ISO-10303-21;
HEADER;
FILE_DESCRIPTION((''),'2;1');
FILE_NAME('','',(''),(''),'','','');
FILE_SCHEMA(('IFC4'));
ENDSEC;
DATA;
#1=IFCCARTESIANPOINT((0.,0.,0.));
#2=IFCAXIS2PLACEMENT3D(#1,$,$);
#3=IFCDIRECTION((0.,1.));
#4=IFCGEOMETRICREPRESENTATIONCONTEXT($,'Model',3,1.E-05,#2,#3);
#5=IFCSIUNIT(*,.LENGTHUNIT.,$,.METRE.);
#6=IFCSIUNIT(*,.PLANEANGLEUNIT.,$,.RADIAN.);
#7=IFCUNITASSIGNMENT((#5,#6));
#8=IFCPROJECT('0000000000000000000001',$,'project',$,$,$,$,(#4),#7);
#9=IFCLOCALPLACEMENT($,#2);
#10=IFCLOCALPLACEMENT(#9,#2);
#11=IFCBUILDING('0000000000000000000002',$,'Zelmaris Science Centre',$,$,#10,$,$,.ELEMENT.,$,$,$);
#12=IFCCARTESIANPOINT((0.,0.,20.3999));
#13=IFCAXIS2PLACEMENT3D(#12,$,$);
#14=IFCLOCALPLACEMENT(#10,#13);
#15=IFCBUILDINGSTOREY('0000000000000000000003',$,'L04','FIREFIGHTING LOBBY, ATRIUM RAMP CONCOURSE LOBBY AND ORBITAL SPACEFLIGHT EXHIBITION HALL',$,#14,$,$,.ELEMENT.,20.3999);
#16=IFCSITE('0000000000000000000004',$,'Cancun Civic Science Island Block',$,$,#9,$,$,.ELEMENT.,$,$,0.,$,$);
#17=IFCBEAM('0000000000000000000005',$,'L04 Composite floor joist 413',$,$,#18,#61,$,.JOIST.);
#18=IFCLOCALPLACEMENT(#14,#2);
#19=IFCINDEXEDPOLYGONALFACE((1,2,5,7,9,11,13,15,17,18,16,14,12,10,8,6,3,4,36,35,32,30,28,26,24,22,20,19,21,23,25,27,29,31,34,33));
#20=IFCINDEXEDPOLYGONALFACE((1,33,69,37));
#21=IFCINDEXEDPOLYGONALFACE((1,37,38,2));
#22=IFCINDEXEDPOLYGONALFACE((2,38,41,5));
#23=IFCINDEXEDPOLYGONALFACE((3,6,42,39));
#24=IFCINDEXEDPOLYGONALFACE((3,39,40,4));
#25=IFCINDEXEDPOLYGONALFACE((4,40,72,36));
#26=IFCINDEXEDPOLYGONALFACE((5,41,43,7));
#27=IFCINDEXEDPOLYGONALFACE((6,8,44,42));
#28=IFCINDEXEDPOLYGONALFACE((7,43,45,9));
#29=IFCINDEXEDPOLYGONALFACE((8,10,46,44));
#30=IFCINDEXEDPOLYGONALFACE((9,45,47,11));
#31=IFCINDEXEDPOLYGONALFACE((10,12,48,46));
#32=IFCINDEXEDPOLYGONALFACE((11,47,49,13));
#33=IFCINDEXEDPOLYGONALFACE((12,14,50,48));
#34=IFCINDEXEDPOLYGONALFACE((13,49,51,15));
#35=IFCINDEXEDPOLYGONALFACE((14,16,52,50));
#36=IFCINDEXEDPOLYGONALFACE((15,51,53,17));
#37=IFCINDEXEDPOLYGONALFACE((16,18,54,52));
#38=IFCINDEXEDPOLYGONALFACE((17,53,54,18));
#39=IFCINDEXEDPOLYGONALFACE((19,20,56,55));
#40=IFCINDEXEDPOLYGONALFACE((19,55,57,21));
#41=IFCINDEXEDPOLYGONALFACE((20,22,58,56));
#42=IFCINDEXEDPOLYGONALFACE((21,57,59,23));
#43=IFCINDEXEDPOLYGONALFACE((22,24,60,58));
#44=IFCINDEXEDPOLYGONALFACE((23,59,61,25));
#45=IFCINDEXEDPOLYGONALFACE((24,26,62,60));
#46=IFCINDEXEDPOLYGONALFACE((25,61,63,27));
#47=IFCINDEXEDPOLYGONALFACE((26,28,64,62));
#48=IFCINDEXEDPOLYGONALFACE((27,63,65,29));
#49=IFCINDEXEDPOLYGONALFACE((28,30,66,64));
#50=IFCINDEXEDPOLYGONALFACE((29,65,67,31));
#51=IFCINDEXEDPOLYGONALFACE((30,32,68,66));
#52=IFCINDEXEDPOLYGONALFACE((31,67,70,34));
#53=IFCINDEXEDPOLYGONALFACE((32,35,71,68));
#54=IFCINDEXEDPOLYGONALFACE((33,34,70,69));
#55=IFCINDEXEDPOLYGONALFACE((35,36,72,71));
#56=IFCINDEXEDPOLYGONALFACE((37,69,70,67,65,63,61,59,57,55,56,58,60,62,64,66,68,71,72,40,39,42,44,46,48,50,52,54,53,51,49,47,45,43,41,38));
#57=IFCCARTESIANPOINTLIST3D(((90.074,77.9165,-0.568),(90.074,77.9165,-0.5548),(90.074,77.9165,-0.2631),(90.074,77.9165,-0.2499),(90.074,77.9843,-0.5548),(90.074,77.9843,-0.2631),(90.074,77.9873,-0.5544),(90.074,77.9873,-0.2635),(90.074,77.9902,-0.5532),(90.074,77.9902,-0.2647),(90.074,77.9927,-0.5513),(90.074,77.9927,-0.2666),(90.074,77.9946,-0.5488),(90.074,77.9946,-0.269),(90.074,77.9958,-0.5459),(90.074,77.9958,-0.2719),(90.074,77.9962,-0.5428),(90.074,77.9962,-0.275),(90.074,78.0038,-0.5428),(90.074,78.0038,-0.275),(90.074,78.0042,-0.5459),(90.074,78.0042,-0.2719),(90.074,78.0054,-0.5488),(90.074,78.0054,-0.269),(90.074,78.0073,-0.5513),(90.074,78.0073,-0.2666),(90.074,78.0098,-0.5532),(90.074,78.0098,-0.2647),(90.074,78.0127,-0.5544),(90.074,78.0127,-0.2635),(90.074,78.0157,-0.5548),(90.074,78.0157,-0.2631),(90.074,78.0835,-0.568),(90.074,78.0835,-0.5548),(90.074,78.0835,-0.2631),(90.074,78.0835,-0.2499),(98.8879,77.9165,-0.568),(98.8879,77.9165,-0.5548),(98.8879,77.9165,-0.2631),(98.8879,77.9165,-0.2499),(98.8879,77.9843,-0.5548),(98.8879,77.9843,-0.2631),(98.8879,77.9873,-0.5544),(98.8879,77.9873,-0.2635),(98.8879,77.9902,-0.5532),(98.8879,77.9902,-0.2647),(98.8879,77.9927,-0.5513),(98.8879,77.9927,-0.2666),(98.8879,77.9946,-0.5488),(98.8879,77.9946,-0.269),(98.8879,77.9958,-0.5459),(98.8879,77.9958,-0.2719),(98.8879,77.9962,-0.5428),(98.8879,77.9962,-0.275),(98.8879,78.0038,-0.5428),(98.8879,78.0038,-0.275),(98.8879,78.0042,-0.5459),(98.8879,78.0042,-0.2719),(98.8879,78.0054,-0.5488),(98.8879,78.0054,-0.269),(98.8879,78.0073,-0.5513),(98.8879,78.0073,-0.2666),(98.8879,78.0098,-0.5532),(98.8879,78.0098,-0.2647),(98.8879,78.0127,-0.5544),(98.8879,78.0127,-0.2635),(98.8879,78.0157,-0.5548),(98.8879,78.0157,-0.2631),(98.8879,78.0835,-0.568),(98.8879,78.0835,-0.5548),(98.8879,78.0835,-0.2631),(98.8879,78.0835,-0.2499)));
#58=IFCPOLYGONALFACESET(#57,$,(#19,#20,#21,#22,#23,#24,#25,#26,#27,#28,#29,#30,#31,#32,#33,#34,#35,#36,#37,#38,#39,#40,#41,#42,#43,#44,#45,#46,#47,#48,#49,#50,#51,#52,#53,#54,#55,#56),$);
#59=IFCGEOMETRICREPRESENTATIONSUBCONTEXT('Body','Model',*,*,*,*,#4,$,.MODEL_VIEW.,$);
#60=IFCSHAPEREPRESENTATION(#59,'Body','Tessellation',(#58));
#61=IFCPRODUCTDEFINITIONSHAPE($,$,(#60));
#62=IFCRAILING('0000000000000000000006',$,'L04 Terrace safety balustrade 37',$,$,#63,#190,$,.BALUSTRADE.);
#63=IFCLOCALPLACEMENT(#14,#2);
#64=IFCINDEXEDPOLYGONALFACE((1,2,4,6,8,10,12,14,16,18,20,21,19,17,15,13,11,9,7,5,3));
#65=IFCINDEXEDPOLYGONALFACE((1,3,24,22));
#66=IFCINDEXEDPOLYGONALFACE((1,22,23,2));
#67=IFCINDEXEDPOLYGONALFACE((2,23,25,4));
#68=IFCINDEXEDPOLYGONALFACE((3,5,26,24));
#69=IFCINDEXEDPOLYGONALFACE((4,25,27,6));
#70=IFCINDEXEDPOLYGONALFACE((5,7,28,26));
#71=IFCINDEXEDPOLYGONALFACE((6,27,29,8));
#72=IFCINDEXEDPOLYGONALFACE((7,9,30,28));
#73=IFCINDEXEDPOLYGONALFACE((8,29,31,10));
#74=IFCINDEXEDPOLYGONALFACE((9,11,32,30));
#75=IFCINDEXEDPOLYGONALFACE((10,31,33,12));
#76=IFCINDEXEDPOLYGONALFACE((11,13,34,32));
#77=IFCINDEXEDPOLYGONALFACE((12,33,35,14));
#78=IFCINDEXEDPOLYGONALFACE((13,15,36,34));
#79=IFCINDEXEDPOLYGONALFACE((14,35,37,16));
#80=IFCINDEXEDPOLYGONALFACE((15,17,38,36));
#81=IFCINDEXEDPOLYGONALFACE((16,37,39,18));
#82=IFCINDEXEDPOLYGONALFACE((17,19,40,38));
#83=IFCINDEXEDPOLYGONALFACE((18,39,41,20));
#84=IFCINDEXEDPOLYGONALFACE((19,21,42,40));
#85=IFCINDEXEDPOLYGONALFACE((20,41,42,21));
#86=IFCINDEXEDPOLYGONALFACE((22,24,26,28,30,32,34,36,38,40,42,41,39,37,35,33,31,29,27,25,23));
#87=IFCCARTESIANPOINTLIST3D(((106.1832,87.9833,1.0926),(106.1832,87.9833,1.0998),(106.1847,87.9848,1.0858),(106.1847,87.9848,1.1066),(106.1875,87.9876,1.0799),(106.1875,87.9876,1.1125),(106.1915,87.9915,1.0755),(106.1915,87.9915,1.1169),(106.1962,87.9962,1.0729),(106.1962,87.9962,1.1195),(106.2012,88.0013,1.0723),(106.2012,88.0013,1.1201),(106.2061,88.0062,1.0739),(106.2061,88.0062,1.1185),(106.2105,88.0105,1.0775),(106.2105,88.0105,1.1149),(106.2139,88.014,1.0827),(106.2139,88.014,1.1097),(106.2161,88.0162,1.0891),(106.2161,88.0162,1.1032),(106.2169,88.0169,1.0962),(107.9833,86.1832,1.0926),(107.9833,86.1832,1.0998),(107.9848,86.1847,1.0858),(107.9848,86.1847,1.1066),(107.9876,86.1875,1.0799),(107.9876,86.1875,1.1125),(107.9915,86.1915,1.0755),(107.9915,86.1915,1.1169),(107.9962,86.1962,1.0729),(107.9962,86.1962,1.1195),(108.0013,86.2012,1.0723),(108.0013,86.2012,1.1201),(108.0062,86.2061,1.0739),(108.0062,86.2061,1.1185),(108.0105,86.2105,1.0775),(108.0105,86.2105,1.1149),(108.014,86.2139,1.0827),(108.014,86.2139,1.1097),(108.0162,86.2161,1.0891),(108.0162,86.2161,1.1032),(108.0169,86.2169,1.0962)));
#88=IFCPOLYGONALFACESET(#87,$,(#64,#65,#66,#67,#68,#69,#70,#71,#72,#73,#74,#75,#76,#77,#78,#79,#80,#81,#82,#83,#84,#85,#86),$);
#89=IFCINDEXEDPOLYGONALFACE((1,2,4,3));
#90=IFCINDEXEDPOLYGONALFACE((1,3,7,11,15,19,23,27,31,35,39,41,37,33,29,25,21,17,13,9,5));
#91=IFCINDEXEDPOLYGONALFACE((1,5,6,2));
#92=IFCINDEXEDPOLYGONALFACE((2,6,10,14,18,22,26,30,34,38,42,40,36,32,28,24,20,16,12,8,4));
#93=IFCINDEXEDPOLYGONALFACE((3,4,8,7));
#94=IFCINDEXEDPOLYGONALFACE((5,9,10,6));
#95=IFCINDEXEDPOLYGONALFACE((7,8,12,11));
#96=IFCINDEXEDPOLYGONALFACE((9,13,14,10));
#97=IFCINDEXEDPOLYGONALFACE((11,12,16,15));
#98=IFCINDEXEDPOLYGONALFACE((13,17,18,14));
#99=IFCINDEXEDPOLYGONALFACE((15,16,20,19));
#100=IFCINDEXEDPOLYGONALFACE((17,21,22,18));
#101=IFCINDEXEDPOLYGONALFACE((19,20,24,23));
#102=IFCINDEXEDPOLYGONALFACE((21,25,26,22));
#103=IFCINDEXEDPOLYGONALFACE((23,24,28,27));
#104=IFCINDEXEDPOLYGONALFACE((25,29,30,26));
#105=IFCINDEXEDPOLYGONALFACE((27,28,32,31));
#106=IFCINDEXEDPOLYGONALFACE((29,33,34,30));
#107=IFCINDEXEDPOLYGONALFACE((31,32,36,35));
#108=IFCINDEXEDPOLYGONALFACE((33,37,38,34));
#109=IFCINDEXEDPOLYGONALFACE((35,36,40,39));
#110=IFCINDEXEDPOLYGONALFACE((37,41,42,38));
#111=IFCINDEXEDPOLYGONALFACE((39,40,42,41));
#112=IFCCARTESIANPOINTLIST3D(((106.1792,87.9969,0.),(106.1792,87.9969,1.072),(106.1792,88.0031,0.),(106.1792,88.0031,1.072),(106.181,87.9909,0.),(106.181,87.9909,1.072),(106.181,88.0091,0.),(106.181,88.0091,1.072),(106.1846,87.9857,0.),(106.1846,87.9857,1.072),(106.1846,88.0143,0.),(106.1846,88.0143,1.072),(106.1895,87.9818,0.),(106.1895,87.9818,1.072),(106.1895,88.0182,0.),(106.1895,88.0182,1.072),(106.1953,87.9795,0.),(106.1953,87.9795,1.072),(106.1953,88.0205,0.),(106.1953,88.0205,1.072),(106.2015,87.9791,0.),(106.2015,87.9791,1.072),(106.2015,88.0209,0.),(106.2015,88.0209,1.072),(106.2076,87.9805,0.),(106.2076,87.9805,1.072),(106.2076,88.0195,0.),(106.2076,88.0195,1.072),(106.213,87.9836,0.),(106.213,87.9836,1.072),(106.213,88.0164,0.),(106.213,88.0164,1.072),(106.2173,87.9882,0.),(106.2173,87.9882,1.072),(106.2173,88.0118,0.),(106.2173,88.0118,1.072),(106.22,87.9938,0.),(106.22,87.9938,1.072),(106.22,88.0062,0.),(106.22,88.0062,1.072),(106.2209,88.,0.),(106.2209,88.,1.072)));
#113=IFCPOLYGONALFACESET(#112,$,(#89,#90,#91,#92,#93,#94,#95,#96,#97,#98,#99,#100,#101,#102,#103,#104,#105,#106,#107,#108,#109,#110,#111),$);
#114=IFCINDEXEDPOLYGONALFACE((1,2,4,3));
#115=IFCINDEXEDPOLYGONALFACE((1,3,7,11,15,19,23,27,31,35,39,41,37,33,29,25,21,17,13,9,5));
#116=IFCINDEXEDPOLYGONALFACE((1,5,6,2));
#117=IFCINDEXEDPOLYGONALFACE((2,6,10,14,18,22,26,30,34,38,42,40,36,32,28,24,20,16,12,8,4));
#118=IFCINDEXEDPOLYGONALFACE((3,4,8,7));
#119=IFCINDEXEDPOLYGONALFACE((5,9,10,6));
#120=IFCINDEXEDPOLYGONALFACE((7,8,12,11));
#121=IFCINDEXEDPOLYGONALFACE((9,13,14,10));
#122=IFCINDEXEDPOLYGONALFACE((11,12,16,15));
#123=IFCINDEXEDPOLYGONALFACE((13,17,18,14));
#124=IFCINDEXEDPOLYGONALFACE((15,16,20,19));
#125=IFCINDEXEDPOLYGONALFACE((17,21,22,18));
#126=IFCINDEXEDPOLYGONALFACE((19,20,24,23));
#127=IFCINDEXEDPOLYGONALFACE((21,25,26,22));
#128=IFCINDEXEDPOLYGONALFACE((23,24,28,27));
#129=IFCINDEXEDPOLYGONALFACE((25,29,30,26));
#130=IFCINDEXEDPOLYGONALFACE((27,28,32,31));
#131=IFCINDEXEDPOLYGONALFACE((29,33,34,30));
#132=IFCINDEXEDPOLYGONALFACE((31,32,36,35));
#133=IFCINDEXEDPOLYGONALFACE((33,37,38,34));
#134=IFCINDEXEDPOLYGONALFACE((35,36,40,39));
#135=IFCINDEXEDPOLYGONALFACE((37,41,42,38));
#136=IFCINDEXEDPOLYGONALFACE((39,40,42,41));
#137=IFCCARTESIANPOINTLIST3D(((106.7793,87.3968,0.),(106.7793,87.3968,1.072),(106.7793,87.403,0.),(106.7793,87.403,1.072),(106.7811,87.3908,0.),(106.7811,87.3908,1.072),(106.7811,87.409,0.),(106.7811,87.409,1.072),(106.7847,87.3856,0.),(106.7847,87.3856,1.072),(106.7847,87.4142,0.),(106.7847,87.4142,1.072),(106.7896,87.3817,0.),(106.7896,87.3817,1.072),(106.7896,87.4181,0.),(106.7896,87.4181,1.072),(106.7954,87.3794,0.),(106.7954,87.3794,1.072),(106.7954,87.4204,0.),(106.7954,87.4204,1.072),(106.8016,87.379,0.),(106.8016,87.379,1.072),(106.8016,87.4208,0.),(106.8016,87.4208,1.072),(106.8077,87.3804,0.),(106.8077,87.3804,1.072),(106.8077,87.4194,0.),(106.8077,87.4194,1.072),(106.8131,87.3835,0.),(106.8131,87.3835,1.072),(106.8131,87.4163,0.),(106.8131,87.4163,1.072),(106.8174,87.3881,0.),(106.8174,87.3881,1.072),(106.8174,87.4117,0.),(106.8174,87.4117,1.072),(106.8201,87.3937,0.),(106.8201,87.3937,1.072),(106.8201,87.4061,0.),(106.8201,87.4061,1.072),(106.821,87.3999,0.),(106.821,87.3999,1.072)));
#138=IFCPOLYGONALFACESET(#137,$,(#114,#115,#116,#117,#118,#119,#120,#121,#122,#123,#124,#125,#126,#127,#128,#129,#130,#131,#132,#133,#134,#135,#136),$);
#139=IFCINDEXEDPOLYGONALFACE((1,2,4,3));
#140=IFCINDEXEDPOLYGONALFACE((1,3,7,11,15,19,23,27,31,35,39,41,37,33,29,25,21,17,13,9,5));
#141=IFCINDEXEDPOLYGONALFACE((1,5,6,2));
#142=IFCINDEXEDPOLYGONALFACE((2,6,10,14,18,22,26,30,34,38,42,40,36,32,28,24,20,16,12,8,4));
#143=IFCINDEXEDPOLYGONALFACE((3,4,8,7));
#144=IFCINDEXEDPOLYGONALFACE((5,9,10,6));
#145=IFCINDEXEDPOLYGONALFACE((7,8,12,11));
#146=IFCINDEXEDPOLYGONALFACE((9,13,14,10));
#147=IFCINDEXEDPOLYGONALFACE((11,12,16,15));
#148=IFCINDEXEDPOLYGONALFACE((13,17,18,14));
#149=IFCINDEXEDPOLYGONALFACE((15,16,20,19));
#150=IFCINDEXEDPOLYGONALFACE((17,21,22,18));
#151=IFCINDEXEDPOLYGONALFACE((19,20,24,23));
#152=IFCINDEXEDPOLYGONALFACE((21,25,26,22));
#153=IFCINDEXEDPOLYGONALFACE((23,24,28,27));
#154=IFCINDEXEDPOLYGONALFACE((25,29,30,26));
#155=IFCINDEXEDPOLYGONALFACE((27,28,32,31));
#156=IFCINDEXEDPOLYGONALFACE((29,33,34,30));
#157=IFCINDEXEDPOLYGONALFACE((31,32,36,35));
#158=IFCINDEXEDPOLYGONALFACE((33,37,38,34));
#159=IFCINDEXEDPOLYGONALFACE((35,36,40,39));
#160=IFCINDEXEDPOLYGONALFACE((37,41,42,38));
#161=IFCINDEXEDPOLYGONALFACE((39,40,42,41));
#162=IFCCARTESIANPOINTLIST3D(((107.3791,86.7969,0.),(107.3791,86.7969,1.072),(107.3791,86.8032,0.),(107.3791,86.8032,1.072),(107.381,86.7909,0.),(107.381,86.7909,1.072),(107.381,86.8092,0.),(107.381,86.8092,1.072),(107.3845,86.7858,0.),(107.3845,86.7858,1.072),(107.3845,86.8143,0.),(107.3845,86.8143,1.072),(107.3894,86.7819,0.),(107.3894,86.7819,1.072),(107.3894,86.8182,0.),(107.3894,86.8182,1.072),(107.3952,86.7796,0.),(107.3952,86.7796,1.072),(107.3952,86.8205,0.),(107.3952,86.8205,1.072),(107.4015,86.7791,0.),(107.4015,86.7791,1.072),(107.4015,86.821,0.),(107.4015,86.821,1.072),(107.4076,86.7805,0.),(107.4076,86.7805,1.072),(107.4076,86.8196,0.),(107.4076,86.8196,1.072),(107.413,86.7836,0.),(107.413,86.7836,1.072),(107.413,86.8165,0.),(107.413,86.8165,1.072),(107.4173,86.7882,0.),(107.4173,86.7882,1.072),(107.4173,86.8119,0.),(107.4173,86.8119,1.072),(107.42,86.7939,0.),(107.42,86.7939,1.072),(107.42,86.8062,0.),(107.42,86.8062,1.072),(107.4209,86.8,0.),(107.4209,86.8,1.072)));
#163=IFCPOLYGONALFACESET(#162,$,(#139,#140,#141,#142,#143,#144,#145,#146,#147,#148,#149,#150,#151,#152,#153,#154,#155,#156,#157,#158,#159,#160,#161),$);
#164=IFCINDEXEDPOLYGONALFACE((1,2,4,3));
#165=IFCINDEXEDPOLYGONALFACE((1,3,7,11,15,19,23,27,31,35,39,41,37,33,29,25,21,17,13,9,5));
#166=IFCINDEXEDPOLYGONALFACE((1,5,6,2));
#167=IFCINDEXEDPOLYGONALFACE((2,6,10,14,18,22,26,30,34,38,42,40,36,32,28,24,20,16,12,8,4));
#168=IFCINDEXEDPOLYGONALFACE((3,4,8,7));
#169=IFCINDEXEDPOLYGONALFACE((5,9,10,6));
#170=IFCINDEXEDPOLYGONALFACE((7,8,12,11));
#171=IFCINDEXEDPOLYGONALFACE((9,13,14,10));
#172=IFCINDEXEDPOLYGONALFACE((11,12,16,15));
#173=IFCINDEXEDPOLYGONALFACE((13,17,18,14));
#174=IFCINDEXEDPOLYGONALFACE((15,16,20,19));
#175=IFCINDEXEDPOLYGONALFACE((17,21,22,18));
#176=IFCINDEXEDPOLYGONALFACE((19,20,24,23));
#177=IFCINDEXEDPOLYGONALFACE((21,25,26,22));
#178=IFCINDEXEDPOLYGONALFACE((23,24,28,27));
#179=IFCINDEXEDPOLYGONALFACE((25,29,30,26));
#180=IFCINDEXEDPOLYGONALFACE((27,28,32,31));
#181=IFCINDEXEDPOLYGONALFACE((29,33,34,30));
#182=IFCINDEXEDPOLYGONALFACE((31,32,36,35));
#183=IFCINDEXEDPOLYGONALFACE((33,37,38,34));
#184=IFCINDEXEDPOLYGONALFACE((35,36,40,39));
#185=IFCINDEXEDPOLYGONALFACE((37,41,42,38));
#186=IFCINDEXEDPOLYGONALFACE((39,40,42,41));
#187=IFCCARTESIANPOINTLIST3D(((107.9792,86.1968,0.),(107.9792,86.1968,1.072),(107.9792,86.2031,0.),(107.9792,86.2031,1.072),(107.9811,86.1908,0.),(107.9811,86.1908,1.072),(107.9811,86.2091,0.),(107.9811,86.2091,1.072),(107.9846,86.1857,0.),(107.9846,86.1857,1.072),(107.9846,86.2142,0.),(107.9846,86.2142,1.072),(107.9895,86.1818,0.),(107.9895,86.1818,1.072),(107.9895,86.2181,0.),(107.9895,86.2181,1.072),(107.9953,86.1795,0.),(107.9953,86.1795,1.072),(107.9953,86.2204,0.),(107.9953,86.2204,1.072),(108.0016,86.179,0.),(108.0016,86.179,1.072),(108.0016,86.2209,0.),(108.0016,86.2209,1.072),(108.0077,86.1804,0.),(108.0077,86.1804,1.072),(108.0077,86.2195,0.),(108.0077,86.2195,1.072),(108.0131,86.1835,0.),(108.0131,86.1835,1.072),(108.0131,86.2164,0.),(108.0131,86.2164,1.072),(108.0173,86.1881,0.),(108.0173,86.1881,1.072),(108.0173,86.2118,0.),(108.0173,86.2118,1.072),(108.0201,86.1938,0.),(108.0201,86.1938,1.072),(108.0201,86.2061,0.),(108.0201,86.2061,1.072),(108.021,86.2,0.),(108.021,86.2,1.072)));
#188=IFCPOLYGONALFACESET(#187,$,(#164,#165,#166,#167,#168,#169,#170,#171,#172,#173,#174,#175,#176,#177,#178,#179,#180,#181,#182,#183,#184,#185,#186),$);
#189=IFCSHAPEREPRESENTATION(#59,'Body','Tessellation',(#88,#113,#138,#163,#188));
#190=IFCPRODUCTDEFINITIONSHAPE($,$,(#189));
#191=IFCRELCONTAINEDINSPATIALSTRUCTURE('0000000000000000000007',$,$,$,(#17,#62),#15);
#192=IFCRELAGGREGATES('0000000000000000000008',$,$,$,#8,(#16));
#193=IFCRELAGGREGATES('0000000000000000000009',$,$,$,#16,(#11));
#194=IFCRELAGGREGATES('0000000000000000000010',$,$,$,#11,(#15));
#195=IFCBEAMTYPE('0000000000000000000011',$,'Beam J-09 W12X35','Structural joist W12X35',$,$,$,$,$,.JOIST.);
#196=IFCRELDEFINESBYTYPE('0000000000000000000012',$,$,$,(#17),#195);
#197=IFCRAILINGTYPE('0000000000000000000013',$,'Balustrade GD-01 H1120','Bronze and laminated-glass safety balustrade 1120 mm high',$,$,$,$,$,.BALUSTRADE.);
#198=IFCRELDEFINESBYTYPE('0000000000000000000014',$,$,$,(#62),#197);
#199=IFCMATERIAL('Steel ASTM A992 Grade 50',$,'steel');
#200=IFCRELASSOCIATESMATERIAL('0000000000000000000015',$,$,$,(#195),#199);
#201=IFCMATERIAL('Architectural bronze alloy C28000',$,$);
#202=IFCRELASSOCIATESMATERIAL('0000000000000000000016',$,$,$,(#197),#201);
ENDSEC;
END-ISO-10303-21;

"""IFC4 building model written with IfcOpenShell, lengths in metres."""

from ifc_helpers import new_model, si_unit, direction, frame, origin, origin_2d, place, context, subcontext, project, spatial, circle, i_section, extrude, material, material_profile, profile_set, type_object, element, save


model = new_model("IFC4")

# Units and contexts
model_context = context("Model", 3, precision=1e-05, world=origin(), true_north=direction((0.0, 1.0)))
body_context = subcontext(model_context, "Body", "Model", "MODEL_VIEW")
ifc_project = project(units=[si_unit("LENGTHUNIT", "METRE"), si_unit("PLANEANGLEUNIT", "RADIAN")], contexts=[model_context])

# Site, building, storey
site_placement = place(None, origin())
site = spatial("IfcSite", under=ifc_project, at=site_placement, Name="Cancun Civic Science Island Block", CompositionType="ELEMENT", RefElevation=0.0)
building_placement = place(site_placement, origin())
building = spatial("IfcBuilding", under=site, at=building_placement, Name="Zelmaris Science Centre", CompositionType="ELEMENT")
storey_placement = place(building_placement, frame((0.0, 0.0, 20.3999)))
storey = spatial("IfcBuildingStorey", under=building, at=storey_placement, Name="L04", Description="FIREFIGHTING LOBBY, ATRIUM RAMP CONCOURSE LOBBY AND ORBITAL SPACEFLIGHT EXHIBITION HALL", CompositionType="ELEMENT", Elevation=20.3999)

# Beam
ifc_material_1 = material(Name="Steel ASTM A992 Grade 50", Category="steel")
ifc_material_profile_1 = material_profile(ifc_material_1, i_section(OverallWidth=0.167, OverallDepth=0.3181, WebThickness=0.0076, FlangeThickness=0.0132, FilletRadius=0.012, at=origin_2d()), Name="W12X35")
ifc_profile_set_1 = profile_set([ifc_material_profile_1], Name="Steel ASTM A992 Grade 50")
beam_type_1 = type_object("IfcBeamType", Name="Beam J-09 W12X35", Description="Structural joist W12X35", PredefinedType="JOIST", material=ifc_profile_set_1)
beam_1_placement = place(storey_placement, frame((90.074, 78.0, -0.4089), z_axis=(1.0, 0.0, 0.0), x_axis=(0.0, 1.0, 0.0)))
element("IfcBeam", 1, at=beam_1_placement, inside=storey, type_object=beam_type_1, Name="L04 Composite floor joist 413", PredefinedType="JOIST", context=body_context, shape_type="SweptSolid", body=[
    extrude(i_section(OverallWidth=0.167, OverallDepth=0.3181, WebThickness=0.0076, FlangeThickness=0.0132, FilletRadius=0.012, at=origin_2d()), origin(), (0.0, 0.0, 1.0), 8.814),
])

# Railing
ifc_material_2 = material(Name="Architectural bronze alloy C28000")
railing_type_1 = type_object("IfcRailingType", Name="Balustrade GD-01 H1120", Description="Bronze and laminated-glass safety balustrade 1120 mm high", PredefinedType="BALUSTRADE", material=ifc_material_2)
railing_1_placement = place(storey_placement, frame((106.2, 88.0, 0.0)))
element("IfcRailing", 2, at=railing_1_placement, inside=storey, type_object=railing_type_1, Name="L04 Terrace safety balustrade 37", PredefinedType="BALUSTRADE", context=body_context, shape_type="SweptSolid", body=[
    extrude(circle(Radius=0.0239, at=origin_2d()), frame((0.0, 0.0, 1.0962), z_axis=(0.707107, -0.707107, 0.0), x_axis=(0.707107, 0.707107, 0.0)), (0.0, 0.0, 1.0), 2.5457),
    extrude(circle(Radius=0.021, at=origin_2d()), origin(), (0.0, 0.0, 1.0), 1.072),
    extrude(circle(Radius=0.021, at=origin_2d()), frame((0.6001, -0.6001, 0.0)), (0.0, 0.0, 1.0), 1.072),
    extrude(circle(Radius=0.021, at=origin_2d()), frame((1.2, -1.2, 0.0)), (0.0, 0.0, 1.0), 1.072),
    extrude(circle(Radius=0.021, at=origin_2d()), frame((1.8, -1.8, 0.0)), (0.0, 0.0, 1.0), 1.072),
])

save(model, "model.ifc")
